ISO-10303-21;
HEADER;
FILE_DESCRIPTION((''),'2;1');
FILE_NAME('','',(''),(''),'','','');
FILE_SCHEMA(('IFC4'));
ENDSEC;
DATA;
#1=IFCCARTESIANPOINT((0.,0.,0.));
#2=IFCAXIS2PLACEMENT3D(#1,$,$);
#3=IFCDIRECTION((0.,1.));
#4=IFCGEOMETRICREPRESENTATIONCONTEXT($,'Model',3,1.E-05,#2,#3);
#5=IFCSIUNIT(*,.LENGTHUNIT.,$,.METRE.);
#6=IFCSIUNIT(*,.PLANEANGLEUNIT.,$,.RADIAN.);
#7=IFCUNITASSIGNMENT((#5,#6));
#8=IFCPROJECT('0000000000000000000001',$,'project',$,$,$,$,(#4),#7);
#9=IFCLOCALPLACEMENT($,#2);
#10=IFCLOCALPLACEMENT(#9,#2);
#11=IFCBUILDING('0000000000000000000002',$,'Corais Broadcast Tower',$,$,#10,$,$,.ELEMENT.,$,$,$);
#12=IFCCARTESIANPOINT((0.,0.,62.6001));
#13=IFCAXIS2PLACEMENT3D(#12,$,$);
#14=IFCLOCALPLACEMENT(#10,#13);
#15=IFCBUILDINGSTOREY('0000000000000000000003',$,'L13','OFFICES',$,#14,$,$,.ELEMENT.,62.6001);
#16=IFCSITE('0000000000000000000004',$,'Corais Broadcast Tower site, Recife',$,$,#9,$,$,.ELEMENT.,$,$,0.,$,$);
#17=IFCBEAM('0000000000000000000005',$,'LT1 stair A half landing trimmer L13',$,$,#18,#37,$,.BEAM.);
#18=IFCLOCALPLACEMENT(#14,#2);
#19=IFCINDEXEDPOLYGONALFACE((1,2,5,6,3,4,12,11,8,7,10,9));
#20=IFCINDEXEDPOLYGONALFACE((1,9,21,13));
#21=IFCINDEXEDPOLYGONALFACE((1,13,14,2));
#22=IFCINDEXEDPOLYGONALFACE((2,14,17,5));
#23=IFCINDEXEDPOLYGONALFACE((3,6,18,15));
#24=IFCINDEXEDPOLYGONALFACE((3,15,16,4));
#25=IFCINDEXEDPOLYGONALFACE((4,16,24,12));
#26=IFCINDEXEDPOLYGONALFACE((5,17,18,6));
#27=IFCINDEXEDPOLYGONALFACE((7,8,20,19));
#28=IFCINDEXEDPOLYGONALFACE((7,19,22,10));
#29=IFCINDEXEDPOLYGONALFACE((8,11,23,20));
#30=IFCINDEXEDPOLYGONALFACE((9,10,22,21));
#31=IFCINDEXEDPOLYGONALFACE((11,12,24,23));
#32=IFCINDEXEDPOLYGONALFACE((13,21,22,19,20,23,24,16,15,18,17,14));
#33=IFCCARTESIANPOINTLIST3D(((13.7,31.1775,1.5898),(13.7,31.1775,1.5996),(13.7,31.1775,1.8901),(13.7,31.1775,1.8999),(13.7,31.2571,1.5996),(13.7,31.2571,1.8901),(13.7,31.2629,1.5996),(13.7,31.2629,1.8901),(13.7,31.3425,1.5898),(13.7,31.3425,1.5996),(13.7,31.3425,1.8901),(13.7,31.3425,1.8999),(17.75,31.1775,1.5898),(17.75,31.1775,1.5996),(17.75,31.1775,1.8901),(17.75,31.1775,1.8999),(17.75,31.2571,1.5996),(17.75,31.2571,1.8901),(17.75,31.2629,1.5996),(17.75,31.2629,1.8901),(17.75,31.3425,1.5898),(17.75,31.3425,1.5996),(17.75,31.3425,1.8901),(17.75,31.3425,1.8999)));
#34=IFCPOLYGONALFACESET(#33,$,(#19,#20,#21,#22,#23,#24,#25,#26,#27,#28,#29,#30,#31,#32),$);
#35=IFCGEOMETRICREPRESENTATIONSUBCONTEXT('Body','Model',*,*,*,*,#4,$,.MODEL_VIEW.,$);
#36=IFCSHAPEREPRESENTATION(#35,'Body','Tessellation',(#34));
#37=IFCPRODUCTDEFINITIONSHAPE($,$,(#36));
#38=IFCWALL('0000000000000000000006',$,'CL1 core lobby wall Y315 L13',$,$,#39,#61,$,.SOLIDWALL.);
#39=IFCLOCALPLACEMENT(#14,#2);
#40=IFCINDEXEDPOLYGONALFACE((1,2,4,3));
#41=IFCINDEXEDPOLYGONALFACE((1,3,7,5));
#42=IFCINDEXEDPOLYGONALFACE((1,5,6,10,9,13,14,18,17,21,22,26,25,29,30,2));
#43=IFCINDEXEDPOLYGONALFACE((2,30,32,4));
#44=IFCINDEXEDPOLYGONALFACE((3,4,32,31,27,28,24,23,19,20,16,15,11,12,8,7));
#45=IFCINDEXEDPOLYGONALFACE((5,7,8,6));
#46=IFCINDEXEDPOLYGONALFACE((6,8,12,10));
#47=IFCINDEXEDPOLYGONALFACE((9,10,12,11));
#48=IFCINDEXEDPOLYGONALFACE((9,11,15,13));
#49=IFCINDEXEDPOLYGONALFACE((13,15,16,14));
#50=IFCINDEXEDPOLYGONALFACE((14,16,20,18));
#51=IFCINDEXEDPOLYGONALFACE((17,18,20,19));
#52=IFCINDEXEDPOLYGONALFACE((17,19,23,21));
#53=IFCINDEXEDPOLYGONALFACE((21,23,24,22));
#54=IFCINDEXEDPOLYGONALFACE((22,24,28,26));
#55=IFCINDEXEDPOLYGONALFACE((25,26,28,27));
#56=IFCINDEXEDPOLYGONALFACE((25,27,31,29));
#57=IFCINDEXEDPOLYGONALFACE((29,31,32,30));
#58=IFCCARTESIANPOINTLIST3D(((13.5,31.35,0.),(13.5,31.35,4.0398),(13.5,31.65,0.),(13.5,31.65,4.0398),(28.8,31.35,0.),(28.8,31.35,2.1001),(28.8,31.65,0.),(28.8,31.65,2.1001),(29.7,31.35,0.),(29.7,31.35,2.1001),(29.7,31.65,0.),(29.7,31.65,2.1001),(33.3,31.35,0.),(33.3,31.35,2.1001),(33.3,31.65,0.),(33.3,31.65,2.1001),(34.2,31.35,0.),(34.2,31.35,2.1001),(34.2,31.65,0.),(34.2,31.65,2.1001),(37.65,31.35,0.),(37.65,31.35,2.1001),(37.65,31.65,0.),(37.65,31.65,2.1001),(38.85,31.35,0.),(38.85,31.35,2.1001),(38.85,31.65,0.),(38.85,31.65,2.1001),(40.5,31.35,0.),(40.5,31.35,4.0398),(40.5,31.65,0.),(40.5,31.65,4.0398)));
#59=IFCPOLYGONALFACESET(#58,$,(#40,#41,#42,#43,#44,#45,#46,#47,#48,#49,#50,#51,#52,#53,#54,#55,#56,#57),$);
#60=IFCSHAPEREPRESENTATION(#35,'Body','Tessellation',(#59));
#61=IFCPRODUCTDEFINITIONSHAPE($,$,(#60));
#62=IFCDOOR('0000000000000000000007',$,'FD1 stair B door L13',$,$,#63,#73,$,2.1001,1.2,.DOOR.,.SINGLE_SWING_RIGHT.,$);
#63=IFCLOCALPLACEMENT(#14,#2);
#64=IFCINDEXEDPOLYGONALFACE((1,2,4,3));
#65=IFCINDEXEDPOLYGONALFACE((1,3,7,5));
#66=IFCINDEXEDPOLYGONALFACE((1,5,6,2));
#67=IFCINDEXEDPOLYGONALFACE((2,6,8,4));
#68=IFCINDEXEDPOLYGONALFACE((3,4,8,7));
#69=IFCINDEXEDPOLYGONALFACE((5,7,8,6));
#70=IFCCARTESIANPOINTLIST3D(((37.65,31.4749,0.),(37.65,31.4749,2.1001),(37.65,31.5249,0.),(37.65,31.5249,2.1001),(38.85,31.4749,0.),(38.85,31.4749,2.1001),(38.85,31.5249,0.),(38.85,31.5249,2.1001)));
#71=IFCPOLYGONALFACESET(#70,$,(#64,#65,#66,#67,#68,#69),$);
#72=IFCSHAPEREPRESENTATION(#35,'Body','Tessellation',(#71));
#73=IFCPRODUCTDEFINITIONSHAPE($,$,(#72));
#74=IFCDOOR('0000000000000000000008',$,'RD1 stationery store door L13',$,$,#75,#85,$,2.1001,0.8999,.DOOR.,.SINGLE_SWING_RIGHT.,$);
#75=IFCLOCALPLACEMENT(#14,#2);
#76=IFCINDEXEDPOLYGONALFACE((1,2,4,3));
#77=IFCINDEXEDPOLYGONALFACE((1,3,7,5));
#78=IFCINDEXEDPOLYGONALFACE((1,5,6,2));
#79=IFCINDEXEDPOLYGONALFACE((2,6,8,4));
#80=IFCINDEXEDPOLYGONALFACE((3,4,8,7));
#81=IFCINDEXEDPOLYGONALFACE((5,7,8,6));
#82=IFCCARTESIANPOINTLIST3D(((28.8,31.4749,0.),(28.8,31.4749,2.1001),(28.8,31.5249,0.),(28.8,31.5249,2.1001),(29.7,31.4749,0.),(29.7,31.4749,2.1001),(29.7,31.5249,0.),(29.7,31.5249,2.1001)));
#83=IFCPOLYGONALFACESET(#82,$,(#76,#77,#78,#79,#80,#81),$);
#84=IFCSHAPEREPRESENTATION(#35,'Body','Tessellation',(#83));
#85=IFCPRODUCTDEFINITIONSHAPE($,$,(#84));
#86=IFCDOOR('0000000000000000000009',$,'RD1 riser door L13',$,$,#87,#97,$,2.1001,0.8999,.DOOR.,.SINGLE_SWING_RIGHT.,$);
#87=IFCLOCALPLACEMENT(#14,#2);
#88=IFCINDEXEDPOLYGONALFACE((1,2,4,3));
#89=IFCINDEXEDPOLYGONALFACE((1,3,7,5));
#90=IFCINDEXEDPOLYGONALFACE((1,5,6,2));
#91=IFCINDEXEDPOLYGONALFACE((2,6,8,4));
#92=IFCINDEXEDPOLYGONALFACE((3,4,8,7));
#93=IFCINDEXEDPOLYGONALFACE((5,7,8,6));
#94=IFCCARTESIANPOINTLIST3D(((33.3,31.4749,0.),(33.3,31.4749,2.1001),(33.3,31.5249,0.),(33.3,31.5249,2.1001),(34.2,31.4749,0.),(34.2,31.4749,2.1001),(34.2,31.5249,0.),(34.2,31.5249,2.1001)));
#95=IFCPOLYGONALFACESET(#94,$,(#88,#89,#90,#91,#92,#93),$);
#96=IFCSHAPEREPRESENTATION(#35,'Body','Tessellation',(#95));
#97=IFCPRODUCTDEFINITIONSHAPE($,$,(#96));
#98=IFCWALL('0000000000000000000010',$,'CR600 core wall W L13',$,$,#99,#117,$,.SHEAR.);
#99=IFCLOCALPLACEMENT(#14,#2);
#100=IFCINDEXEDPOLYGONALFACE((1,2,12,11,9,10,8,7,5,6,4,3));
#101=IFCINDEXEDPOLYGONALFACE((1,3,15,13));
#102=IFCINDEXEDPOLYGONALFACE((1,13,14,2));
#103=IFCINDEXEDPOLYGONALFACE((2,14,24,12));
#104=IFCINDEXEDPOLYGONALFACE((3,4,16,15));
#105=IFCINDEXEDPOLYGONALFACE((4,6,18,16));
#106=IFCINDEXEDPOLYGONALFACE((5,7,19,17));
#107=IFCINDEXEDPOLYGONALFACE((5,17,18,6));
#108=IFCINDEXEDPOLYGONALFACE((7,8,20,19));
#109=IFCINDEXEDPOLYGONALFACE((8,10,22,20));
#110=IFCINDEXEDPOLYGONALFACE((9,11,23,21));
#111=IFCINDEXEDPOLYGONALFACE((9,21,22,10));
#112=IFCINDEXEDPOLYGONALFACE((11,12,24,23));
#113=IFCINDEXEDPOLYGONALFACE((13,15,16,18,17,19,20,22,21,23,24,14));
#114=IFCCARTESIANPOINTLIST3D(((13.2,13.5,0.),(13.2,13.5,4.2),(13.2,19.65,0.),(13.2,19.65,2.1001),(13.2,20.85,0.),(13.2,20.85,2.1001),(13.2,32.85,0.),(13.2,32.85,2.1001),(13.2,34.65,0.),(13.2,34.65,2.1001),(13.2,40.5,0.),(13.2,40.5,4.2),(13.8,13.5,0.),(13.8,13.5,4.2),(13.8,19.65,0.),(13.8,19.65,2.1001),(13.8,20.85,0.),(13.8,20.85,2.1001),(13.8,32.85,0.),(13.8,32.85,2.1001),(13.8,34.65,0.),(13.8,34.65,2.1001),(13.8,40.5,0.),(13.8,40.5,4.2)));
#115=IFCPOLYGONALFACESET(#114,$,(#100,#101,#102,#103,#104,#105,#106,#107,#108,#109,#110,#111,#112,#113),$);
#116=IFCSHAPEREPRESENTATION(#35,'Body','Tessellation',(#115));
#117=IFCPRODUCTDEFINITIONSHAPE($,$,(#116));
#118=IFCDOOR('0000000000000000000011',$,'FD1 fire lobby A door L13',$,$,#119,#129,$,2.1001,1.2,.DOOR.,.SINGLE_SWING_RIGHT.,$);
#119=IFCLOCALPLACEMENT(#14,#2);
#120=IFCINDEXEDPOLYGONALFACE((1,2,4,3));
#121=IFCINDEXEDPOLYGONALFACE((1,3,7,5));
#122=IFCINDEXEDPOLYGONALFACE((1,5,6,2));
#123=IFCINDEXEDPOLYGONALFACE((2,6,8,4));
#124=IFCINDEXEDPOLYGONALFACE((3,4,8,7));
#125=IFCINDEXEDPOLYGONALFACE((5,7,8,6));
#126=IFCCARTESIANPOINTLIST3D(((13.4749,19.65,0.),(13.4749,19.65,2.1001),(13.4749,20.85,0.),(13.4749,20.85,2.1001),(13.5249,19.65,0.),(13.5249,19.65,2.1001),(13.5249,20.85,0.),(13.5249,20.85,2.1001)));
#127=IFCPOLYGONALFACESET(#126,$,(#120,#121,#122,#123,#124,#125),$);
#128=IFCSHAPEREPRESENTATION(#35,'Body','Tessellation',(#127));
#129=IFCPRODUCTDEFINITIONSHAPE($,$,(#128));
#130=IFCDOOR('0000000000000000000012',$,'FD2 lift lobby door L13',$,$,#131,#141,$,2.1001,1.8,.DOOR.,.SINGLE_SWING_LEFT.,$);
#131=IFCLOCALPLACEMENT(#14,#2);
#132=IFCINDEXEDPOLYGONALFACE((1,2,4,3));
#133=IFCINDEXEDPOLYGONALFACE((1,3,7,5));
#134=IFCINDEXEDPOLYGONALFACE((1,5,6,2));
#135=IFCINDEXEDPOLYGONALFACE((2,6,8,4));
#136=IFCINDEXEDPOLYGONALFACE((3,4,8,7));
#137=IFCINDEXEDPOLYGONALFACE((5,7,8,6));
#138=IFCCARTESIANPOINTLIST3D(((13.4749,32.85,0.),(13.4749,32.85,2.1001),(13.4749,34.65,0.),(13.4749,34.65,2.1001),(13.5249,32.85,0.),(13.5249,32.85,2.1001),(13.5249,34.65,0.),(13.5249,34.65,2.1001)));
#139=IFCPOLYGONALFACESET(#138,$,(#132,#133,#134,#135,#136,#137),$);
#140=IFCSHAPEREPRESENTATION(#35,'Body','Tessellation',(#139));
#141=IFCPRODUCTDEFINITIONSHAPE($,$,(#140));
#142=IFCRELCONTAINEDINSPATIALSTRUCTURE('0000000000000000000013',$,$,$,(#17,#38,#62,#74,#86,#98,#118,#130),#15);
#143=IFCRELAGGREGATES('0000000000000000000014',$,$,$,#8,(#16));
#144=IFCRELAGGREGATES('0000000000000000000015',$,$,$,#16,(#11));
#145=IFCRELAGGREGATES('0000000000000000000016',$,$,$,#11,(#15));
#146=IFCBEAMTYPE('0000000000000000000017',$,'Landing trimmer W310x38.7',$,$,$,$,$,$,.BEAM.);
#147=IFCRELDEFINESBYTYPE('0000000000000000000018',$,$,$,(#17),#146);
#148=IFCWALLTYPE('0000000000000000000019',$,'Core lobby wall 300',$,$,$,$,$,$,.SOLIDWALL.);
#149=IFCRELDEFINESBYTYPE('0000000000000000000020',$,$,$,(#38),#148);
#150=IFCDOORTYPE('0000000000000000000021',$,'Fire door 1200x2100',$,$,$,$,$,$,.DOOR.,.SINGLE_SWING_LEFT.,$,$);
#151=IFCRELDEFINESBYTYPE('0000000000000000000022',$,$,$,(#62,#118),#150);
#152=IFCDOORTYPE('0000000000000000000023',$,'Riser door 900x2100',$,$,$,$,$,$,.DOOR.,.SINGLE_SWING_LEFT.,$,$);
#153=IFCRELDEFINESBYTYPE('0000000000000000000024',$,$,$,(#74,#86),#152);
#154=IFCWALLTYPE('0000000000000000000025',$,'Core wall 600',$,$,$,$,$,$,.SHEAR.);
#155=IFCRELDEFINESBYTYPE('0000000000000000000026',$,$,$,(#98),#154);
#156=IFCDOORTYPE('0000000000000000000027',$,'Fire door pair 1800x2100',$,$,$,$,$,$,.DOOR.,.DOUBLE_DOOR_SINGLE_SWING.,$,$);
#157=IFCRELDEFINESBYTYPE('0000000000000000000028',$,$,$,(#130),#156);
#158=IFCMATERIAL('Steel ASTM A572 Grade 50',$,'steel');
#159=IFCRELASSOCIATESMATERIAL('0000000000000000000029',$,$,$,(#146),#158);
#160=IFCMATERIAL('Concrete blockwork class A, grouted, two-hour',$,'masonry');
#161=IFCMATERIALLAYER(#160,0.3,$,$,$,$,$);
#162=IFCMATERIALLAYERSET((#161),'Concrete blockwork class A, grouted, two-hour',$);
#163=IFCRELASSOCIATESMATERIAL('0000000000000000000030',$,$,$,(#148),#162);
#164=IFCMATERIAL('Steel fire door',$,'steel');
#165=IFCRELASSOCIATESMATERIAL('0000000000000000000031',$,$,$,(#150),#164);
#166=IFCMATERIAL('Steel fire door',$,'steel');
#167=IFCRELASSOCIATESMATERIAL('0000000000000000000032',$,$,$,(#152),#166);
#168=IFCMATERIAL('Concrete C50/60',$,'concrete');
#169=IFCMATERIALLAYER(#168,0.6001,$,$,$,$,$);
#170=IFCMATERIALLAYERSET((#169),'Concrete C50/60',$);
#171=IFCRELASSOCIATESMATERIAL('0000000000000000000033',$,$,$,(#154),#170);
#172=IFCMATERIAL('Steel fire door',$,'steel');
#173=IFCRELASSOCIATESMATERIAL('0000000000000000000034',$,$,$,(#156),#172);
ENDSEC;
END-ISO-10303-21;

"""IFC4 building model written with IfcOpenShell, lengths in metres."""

from ifc_helpers import new_model, si_unit, direction, frame, frame_2d, origin, origin_2d, place, context, subcontext, project, spatial, rectangle, i_section, extrude, material, layer, layer_set, material_profile, profile_set, type_object, element, fill, save


model = new_model("IFC4")

# Units and contexts
model_context = context("Model", 3, precision=1e-05, world=origin(), true_north=direction((0.0, 1.0)))
body_context = subcontext(model_context, "Body", "Model", "MODEL_VIEW")
ifc_project = project(units=[si_unit("LENGTHUNIT", "METRE"), si_unit("PLANEANGLEUNIT", "RADIAN")], contexts=[model_context])

# Site, building, storey
site_placement = place(None, origin())
site = spatial("IfcSite", under=ifc_project, at=site_placement, Name="Corais Broadcast Tower site, Recife", CompositionType="ELEMENT", RefElevation=0.0)
building_placement = place(site_placement, origin())
building = spatial("IfcBuilding", under=site, at=building_placement, Name="Corais Broadcast Tower", CompositionType="ELEMENT")
storey_placement = place(building_placement, frame((0.0, 0.0, 62.6001)))
storey = spatial("IfcBuildingStorey", under=building, at=storey_placement, Name="L13", Description="OFFICES", CompositionType="ELEMENT", Elevation=62.6001)

# Beam
ifc_material_1 = material(Name="Steel ASTM A572 Grade 50", Category="steel")
ifc_material_profile = material_profile(ifc_material_1, i_section(OverallWidth=0.165, OverallDepth=0.3101, WebThickness=0.0059, FlangeThickness=0.0098, at=origin_2d()), Name="W310x38.7")
ifc_profile_set = profile_set([ifc_material_profile], Name="Steel ASTM A572 Grade 50")
beam_type = type_object("IfcBeamType", Name="Landing trimmer W310x38.7", PredefinedType="BEAM", material=ifc_profile_set)
beam_placement = place(storey_placement, frame((13.7, 31.26, 1.7449), z_axis=(1.0, 0.0, 0.0), x_axis=(0.0, 1.0, 0.0)))
element("IfcBeam", 1, at=beam_placement, inside=storey, type_object=beam_type, Name="LT1 stair A half landing trimmer L13", PredefinedType="BEAM", context=body_context, shape_type="SweptSolid", body=[
    extrude(i_section(OverallWidth=0.165, OverallDepth=0.3101, WebThickness=0.0059, FlangeThickness=0.0098, at=origin_2d()), origin(), (0.0, 0.0, 1.0), 4.05),
])

# Walls, openings, doors
ifc_material_2 = material(Name="Concrete blockwork class A, grouted, two-hour", Category="masonry")
ifc_layer_1 = layer(ifc_material_2, 0.3)
ifc_layer_set_1 = layer_set([ifc_layer_1], Name="Concrete blockwork class A, grouted, two-hour")
wall_type_1 = type_object("IfcWallType", Name="Core lobby wall 300", PredefinedType="SOLIDWALL", material=ifc_layer_set_1)
wall_1_placement = place(storey_placement, frame((13.5, 31.5, 0.0), z_axis=(0.0, 0.0, 1.0), x_axis=(1.0, 0.0, 0.0)))
wall_1 = element("IfcWall", 2, at=wall_1_placement, inside=storey, type_object=wall_type_1, Name="CL1 core lobby wall Y315 L13", PredefinedType="SOLIDWALL", context=body_context, shape_type="SweptSolid", body=[
    extrude(rectangle(XDim=27.0, YDim=0.3, at=frame_2d((13.5, 0.0))), origin(), (0.0, 0.0, 1.0), 4.0398),
])
opening_1_placement = place(wall_1_placement, frame((24.1499, 0.0, 0.0)))
opening_1 = element("IfcOpeningElement", 3, at=opening_1_placement, cuts=wall_1, PredefinedType="OPENING", context=body_context, shape_type="SweptSolid", body=[
    extrude(rectangle(XDim=1.2, YDim=2.1001, at=frame_2d((0.6001, 1.05))), frame((0.0, 0.1599, 0.0), z_axis=(0.0, -1.0, 0.0), x_axis=(1.0, 0.0, 0.0)), (0.0, 0.0, 1.0), 0.3201),
])
opening_2_placement = place(wall_1_placement, frame((15.3, 0.0, 0.0)))
opening_2 = element("IfcOpeningElement", 4, at=opening_2_placement, cuts=wall_1, PredefinedType="OPENING", context=body_context, shape_type="SweptSolid", body=[
    extrude(rectangle(XDim=0.8999, YDim=2.1001, at=frame_2d((0.45, 1.05))), frame((0.0, 0.1599, 0.0), z_axis=(0.0, -1.0, 0.0), x_axis=(1.0, 0.0, 0.0)), (0.0, 0.0, 1.0), 0.3201),
])
opening_3_placement = place(wall_1_placement, frame((19.8, 0.0, 0.0)))
opening_3 = element("IfcOpeningElement", 5, at=opening_3_placement, cuts=wall_1, PredefinedType="OPENING", context=body_context, shape_type="SweptSolid", body=[
    extrude(rectangle(XDim=0.8999, YDim=2.1001, at=frame_2d((0.45, 1.05))), frame((0.0, 0.1599, 0.0), z_axis=(0.0, -1.0, 0.0), x_axis=(1.0, 0.0, 0.0)), (0.0, 0.0, 1.0), 0.3201),
])
ifc_material_3 = material(Name="Steel fire door", Category="steel")
door_type_1 = type_object("IfcDoorType", Name="Fire door 1200x2100", OperationType="SINGLE_SWING_LEFT", PredefinedType="DOOR", material=ifc_material_3)
door_1_placement = place(opening_1_placement, origin())
door_1 = element("IfcDoor", 6, at=door_1_placement, inside=storey, type_object=door_type_1, Name="FD1 stair B door L13", OperationType="SINGLE_SWING_RIGHT", OverallHeight=2.1001, OverallWidth=1.2, PredefinedType="DOOR", context=body_context, shape_type="SweptSolid", body=[
    extrude(rectangle(XDim=1.2, YDim=2.1001, at=frame_2d((0.6001, 1.05))), frame((0.0, 0.0249, 0.0), z_axis=(0.0, -1.0, 0.0), x_axis=(1.0, 0.0, 0.0)), (0.0, 0.0, 1.0), 0.05),
])
fill(opening_1, door_1)
ifc_material_4 = material(Name="Steel fire door", Category="steel")
door_type_2 = type_object("IfcDoorType", Name="Riser door 900x2100", OperationType="SINGLE_SWING_LEFT", PredefinedType="DOOR", material=ifc_material_4)
door_2_placement = place(opening_2_placement, origin())
door_2 = element("IfcDoor", 7, at=door_2_placement, inside=storey, type_object=door_type_2, Name="RD1 stationery store door L13", OperationType="SINGLE_SWING_RIGHT", OverallHeight=2.1001, OverallWidth=0.8999, PredefinedType="DOOR", context=body_context, shape_type="SweptSolid", body=[
    extrude(rectangle(XDim=0.8999, YDim=2.1001, at=frame_2d((0.45, 1.05))), frame((0.0, 0.0249, 0.0), z_axis=(0.0, -1.0, 0.0), x_axis=(1.0, 0.0, 0.0)), (0.0, 0.0, 1.0), 0.05),
])
fill(opening_2, door_2)
door_3_placement = place(opening_3_placement, origin())
door_3 = element("IfcDoor", 8, at=door_3_placement, inside=storey, type_object=door_type_2, Name="RD1 riser door L13", OperationType="SINGLE_SWING_RIGHT", OverallHeight=2.1001, OverallWidth=0.8999, PredefinedType="DOOR", context=body_context, shape_type="SweptSolid", body=[
    extrude(rectangle(XDim=0.8999, YDim=2.1001, at=frame_2d((0.45, 1.05))), frame((0.0, 0.0249, 0.0), z_axis=(0.0, -1.0, 0.0), x_axis=(1.0, 0.0, 0.0)), (0.0, 0.0, 1.0), 0.05),
])
fill(opening_3, door_3)
ifc_material_5 = material(Name="Concrete C50/60", Category="concrete")
ifc_layer_2 = layer(ifc_material_5, 0.6001)
ifc_layer_set_2 = layer_set([ifc_layer_2], Name="Concrete C50/60")
wall_type_2 = type_object("IfcWallType", Name="Core wall 600", PredefinedType="SHEAR", material=ifc_layer_set_2)
wall_2_placement = place(storey_placement, frame((13.5, 40.5, 0.0), z_axis=(0.0, 0.0, 1.0), x_axis=(0.0, -1.0, 0.0)))
wall_2 = element("IfcWall", 9, at=wall_2_placement, inside=storey, type_object=wall_type_2, Name="CR600 core wall W L13", PredefinedType="SHEAR", context=body_context, shape_type="SweptSolid", body=[
    extrude(rectangle(XDim=27.0, YDim=0.6001, at=frame_2d((13.5, 0.0))), origin(), (0.0, 0.0, 1.0), 4.2),
])
opening_4_placement = place(wall_2_placement, frame((19.6499, 0.0, 0.0)))
opening_4 = element("IfcOpeningElement", 10, at=opening_4_placement, cuts=wall_2, PredefinedType="OPENING", context=body_context, shape_type="SweptSolid", body=[
    extrude(rectangle(XDim=1.2, YDim=2.1001, at=frame_2d((0.6001, 1.05))), frame((0.0, 0.3101, 0.0), z_axis=(0.0, -1.0, 0.0), x_axis=(1.0, 0.0, 0.0)), (0.0, 0.0, 1.0), 0.6201),
])
opening_5_placement = place(wall_2_placement, frame((5.8501, 0.0, 0.0)))
opening_5 = element("IfcOpeningElement", 11, at=opening_5_placement, cuts=wall_2, PredefinedType="OPENING", context=body_context, shape_type="SweptSolid", body=[
    extrude(rectangle(XDim=1.8, YDim=2.1001, at=frame_2d((0.8999, 1.05))), frame((0.0, 0.3101, 0.0), z_axis=(0.0, -1.0, 0.0), x_axis=(1.0, 0.0, 0.0)), (0.0, 0.0, 1.0), 0.6201),
])
door_4_placement = place(opening_4_placement, origin())
door_4 = element("IfcDoor", 12, at=door_4_placement, inside=storey, type_object=door_type_1, Name="FD1 fire lobby A door L13", OperationType="SINGLE_SWING_RIGHT", OverallHeight=2.1001, OverallWidth=1.2, PredefinedType="DOOR", context=body_context, shape_type="SweptSolid", body=[
    extrude(rectangle(XDim=1.2, YDim=2.1001, at=frame_2d((0.6001, 1.05))), frame((0.0, 0.0249, 0.0), z_axis=(0.0, -1.0, 0.0), x_axis=(1.0, 0.0, 0.0)), (0.0, 0.0, 1.0), 0.05),
])
fill(opening_4, door_4)
ifc_material_6 = material(Name="Steel fire door", Category="steel")
door_type_3 = type_object("IfcDoorType", Name="Fire door pair 1800x2100", OperationType="DOUBLE_DOOR_SINGLE_SWING", PredefinedType="DOOR", material=ifc_material_6)
door_5_placement = place(opening_5_placement, origin())
door_5 = element("IfcDoor", 13, at=door_5_placement, inside=storey, type_object=door_type_3, Name="FD2 lift lobby door L13", OperationType="SINGLE_SWING_LEFT", OverallHeight=2.1001, OverallWidth=1.8, PredefinedType="DOOR", context=body_context, shape_type="SweptSolid", body=[
    extrude(rectangle(XDim=1.8, YDim=2.1001, at=frame_2d((0.8999, 1.05))), frame((0.0, 0.0249, 0.0), z_axis=(0.0, -1.0, 0.0), x_axis=(1.0, 0.0, 0.0)), (0.0, 0.0, 1.0), 0.05),
])
fill(opening_5, door_5)

save(model, "model.ifc")
